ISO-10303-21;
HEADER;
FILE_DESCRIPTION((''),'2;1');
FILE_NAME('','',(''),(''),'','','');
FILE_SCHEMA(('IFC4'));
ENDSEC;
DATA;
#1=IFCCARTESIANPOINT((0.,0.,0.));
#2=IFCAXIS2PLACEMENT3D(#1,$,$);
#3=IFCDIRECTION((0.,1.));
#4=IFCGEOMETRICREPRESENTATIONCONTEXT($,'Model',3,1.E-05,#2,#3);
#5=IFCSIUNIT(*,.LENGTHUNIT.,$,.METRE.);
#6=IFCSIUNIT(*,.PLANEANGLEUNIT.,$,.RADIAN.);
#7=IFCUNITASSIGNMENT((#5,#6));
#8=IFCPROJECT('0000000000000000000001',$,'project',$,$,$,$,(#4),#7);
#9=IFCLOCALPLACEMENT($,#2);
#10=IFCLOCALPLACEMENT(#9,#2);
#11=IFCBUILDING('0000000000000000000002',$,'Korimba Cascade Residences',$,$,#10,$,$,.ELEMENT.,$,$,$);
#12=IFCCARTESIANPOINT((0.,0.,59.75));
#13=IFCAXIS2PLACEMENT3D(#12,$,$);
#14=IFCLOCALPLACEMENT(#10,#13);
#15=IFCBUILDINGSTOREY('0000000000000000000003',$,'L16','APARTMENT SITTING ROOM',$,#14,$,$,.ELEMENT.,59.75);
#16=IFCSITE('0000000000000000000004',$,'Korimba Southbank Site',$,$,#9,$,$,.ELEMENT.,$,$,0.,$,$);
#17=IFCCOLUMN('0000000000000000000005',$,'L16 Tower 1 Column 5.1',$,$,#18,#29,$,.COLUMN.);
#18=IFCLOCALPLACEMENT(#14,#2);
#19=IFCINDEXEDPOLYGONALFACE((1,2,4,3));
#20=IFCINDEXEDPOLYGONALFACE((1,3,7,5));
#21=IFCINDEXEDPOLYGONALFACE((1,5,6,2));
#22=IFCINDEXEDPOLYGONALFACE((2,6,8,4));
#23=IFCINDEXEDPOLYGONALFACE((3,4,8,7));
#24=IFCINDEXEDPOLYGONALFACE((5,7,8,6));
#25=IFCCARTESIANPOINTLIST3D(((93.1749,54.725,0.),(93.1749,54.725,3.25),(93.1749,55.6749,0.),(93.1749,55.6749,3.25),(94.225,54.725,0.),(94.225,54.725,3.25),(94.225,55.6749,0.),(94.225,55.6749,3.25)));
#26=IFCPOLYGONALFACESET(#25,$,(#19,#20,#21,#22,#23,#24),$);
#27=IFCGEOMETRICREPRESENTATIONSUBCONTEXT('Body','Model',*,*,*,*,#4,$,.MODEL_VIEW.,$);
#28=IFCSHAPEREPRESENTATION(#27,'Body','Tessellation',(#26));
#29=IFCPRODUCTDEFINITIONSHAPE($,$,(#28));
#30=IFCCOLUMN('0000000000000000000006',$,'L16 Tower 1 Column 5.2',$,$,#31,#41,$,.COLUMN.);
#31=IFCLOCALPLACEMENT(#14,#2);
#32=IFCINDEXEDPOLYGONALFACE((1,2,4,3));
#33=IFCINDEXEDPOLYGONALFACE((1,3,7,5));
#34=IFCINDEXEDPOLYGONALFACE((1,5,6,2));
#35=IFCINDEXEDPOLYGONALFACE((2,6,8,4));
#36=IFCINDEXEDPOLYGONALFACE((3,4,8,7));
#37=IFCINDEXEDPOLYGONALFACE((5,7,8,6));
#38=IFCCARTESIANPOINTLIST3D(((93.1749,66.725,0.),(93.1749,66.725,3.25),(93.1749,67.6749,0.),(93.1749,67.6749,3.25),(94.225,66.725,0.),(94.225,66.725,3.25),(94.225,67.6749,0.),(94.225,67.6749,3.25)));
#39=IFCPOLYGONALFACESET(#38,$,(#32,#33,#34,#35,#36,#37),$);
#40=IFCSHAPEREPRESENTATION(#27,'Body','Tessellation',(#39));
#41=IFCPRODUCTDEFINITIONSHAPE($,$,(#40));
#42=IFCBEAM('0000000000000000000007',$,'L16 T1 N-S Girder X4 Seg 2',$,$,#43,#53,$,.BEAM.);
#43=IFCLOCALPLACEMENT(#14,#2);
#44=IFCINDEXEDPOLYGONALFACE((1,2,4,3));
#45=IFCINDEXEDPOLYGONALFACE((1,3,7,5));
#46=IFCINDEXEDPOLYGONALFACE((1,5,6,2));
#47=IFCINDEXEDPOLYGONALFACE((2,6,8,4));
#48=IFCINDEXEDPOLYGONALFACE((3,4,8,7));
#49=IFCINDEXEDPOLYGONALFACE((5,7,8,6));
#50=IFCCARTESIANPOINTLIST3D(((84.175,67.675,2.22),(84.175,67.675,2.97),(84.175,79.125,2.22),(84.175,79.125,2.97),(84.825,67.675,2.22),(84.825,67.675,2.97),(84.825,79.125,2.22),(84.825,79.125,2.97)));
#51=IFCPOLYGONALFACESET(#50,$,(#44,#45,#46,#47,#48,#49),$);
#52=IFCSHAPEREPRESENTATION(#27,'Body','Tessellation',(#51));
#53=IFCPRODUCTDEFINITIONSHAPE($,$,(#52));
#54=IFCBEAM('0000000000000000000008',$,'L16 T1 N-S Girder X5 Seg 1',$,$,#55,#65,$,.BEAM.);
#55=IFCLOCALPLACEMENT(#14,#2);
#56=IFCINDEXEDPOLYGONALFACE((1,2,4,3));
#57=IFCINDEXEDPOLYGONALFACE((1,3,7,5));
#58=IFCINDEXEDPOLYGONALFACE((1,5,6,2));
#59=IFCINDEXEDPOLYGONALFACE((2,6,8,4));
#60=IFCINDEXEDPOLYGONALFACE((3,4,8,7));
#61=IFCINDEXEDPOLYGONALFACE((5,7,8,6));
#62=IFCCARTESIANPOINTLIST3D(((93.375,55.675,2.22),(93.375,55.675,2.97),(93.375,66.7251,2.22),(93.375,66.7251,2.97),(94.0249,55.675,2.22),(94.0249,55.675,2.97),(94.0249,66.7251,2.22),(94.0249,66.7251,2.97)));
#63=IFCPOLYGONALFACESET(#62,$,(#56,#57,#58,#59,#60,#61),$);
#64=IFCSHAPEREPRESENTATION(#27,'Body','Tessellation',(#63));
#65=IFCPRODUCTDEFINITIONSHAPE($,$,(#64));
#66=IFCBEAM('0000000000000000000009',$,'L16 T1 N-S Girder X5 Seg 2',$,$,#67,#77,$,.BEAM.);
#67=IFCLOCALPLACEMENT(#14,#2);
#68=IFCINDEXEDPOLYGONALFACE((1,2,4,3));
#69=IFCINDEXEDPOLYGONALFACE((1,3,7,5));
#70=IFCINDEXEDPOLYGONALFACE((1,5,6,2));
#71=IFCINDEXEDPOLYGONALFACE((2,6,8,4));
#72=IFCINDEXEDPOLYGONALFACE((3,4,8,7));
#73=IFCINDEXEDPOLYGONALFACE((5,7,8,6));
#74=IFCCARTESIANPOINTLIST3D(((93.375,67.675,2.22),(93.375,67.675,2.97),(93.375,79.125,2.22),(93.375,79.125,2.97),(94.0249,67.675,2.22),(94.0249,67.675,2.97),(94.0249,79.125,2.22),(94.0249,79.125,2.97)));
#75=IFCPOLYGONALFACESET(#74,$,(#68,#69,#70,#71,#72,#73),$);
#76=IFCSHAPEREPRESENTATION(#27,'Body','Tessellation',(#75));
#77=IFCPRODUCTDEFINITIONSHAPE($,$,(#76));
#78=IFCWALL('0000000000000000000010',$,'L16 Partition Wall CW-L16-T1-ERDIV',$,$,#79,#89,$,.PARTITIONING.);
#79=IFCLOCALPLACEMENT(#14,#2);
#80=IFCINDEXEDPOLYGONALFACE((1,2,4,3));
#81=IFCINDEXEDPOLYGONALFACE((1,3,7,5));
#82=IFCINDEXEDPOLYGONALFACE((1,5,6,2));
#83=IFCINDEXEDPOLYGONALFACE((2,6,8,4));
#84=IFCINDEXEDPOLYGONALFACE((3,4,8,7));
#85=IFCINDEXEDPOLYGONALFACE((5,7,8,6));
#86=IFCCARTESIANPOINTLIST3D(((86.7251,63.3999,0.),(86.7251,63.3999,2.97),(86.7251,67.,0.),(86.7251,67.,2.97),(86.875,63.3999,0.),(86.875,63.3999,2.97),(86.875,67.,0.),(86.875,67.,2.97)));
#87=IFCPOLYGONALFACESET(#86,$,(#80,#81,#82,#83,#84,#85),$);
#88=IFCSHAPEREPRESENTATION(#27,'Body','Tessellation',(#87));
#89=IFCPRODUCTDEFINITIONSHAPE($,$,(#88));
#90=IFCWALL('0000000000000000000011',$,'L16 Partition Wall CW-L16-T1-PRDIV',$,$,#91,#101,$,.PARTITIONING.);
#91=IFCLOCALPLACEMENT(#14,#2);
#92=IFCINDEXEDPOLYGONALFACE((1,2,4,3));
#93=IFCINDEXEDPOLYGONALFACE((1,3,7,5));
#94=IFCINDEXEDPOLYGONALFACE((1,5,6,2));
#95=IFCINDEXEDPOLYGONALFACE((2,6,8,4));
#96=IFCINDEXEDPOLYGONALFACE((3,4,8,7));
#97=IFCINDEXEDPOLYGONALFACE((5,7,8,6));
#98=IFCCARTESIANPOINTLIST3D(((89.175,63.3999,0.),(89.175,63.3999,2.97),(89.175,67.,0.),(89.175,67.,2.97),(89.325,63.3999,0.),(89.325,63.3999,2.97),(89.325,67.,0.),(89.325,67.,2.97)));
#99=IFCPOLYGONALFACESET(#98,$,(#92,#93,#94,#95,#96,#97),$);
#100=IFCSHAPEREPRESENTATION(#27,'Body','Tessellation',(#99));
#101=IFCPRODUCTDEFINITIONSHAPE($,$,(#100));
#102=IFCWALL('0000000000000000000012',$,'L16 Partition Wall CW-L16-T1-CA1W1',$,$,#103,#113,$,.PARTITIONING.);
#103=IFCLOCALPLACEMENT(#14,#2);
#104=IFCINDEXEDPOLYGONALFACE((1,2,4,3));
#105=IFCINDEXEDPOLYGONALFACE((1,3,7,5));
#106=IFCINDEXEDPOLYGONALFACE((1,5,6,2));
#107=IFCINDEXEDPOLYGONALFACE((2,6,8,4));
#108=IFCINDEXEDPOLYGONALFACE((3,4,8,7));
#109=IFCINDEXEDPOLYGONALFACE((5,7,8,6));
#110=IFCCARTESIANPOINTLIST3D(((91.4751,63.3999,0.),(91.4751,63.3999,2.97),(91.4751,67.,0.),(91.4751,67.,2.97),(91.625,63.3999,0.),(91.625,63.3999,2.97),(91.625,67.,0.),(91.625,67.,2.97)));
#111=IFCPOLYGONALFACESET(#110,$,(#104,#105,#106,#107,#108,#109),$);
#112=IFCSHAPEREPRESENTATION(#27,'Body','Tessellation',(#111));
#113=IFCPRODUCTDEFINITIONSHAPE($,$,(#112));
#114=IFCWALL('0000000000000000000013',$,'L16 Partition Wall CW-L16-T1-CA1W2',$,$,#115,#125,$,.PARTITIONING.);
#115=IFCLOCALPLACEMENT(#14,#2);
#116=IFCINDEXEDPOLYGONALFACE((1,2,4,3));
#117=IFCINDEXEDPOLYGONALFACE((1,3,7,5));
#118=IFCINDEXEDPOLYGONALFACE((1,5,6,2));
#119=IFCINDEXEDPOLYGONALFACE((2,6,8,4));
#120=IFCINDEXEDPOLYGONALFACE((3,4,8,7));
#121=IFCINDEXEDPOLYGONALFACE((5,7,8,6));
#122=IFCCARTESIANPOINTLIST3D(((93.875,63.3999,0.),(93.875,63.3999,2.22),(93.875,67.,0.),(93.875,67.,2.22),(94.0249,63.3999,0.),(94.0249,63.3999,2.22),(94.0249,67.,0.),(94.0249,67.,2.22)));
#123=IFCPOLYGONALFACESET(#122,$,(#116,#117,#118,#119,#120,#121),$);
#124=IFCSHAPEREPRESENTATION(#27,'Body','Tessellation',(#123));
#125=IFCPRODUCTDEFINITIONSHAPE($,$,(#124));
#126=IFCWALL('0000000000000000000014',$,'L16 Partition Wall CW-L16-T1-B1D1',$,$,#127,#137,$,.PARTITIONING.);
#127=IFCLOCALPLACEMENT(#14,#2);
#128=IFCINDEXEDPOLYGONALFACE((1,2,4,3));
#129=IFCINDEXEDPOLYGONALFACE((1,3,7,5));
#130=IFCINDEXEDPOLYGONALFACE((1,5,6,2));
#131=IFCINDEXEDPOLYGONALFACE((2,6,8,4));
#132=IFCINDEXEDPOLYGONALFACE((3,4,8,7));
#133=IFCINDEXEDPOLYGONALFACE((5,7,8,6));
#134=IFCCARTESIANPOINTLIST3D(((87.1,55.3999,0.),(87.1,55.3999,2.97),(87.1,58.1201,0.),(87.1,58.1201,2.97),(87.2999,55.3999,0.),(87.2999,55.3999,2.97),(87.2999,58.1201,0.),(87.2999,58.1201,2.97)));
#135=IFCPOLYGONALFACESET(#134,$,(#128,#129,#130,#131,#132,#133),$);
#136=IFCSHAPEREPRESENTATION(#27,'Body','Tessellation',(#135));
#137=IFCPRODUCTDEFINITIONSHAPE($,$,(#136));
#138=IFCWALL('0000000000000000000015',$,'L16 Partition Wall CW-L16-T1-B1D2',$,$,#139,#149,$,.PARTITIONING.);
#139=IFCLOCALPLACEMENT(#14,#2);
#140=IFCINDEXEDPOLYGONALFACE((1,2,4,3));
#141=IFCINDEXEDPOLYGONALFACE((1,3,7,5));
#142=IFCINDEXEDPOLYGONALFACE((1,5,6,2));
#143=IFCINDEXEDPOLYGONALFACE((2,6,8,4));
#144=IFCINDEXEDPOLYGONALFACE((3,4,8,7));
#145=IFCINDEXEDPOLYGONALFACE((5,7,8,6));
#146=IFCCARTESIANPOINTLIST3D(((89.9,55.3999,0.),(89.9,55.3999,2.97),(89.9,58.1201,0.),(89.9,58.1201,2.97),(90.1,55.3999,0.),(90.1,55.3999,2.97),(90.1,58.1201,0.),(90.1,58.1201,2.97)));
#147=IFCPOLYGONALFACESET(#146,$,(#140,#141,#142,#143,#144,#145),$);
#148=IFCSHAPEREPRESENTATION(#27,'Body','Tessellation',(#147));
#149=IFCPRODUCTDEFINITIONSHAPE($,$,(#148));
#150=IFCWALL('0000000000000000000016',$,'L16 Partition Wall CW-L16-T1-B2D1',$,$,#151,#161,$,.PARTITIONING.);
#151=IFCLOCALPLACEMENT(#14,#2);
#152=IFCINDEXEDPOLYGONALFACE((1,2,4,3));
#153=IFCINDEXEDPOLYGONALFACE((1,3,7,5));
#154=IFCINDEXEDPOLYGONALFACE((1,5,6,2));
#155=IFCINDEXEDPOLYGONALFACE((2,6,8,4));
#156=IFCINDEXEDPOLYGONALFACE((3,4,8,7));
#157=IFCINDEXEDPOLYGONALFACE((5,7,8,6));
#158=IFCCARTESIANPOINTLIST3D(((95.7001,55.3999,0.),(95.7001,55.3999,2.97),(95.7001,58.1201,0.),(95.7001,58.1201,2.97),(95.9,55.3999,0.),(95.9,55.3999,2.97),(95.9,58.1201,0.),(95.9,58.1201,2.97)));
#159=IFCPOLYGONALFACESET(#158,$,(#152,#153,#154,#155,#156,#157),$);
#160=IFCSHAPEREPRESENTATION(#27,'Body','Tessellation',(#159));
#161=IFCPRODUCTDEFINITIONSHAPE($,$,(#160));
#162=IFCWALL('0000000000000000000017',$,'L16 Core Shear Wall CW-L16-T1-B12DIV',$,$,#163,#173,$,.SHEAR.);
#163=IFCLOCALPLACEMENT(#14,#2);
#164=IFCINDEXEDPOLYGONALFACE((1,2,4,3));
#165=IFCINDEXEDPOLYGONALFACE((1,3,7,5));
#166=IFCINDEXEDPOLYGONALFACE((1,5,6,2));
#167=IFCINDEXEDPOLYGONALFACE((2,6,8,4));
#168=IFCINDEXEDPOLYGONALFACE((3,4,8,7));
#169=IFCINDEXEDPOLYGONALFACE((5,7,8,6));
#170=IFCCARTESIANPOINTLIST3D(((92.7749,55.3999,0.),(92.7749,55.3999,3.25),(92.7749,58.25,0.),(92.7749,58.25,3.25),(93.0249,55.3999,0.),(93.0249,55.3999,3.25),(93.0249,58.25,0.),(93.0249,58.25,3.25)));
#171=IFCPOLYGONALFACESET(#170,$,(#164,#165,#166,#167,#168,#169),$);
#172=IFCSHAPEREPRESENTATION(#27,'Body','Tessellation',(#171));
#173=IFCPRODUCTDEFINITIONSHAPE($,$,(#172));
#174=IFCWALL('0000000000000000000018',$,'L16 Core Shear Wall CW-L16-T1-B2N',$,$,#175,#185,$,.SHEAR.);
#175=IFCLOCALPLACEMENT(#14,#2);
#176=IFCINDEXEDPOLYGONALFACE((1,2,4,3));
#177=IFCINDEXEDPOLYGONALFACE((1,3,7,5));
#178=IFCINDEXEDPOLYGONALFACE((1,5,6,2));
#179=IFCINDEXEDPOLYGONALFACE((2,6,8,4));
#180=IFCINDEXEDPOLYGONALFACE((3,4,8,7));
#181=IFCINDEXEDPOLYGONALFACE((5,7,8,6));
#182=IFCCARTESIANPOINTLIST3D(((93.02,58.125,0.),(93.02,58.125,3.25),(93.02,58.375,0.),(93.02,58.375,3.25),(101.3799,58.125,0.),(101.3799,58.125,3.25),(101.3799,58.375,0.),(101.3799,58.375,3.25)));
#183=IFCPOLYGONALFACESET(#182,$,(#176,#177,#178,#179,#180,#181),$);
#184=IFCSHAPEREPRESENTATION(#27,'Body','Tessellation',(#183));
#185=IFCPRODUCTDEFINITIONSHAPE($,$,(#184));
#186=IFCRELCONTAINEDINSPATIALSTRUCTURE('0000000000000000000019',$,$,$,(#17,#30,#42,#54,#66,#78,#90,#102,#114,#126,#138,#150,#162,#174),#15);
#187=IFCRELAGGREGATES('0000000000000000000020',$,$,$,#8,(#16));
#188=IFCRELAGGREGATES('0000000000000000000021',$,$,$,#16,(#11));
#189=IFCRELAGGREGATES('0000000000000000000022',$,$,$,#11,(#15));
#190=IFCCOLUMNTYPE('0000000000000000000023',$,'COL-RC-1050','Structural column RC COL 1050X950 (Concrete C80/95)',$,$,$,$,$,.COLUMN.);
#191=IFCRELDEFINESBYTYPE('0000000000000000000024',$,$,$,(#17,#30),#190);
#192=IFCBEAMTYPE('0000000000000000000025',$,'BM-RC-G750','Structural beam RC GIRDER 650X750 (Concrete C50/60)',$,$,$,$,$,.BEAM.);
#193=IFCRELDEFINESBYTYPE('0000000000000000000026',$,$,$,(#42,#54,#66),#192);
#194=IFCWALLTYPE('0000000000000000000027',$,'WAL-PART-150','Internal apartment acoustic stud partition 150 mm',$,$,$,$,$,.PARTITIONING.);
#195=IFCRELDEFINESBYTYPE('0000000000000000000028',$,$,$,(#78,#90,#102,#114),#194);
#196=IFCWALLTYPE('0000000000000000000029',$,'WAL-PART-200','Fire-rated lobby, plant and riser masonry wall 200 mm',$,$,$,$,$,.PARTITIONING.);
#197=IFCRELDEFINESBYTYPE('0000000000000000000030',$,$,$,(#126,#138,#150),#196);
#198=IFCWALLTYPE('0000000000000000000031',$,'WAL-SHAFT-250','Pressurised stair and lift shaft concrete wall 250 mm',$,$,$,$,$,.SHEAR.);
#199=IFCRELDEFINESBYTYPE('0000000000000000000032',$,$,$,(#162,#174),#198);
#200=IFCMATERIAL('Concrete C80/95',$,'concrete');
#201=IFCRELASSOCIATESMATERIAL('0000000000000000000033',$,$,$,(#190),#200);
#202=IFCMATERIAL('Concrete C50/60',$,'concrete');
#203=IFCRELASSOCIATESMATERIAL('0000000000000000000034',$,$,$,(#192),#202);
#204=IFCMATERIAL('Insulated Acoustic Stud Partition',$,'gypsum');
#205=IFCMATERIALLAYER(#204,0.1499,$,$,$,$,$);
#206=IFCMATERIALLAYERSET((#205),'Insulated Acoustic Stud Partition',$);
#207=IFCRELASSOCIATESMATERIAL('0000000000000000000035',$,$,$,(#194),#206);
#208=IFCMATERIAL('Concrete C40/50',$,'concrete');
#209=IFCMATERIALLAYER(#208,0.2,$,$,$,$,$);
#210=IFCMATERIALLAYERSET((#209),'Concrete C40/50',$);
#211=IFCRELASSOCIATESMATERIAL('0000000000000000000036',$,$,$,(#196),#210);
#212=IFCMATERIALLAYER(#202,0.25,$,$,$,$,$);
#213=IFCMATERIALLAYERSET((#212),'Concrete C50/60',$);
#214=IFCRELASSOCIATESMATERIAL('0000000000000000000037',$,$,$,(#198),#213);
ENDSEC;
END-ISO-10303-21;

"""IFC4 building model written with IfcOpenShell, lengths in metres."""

from ifc_helpers import new_model, si_unit, direction, frame, frame_2d, origin, origin_2d, place, context, subcontext, project, spatial, rectangle, extrude, material, layer, layer_set, material_profile, profile_set, type_object, element, save


model = new_model("IFC4")

# Units and contexts
model_context = context("Model", 3, precision=1e-05, world=origin(), true_north=direction((0.0, 1.0)))
body_context = subcontext(model_context, "Body", "Model", "MODEL_VIEW")
ifc_project = project(units=[si_unit("LENGTHUNIT", "METRE"), si_unit("PLANEANGLEUNIT", "RADIAN")], contexts=[model_context])

# Site, building, storey
site_placement = place(None, origin())
site = spatial("IfcSite", under=ifc_project, at=site_placement, Name="Korimba Southbank Site", CompositionType="ELEMENT", RefElevation=0.0)
building_placement = place(site_placement, origin())
building = spatial("IfcBuilding", under=site, at=building_placement, Name="Korimba Cascade Residences", CompositionType="ELEMENT")
storey_placement = place(building_placement, frame((0.0, 0.0, 59.75)))
storey = spatial("IfcBuildingStorey", under=building, at=storey_placement, Name="L16", Description="APARTMENT SITTING ROOM", CompositionType="ELEMENT", Elevation=59.75)

# Columns
ifc_material_1 = material(Name="Concrete C80/95", Category="concrete")
ifc_material_profile_1 = material_profile(ifc_material_1, rectangle(XDim=1.05, YDim=0.95, at=origin_2d()), Name="Concrete C80/95")
ifc_profile_set_1 = profile_set([ifc_material_profile_1], Name="Concrete C80/95")
column_type = type_object("IfcColumnType", Name="COL-RC-1050", Description="Structural column RC COL 1050X950 (Concrete C80/95)", PredefinedType="COLUMN", material=ifc_profile_set_1)
for number, where, z_axis, x_axis, name in (
    (1, (93.7, 55.2, 0.0), (0.0, 0.0, 1.0), (1.0, 0.0, 0.0), "L16 Tower 1 Column 5.1"),
    (2, (93.7, 67.2, 0.0), (0.0, 0.0, 1.0), (1.0, 0.0, 0.0), "L16 Tower 1 Column 5.2"),
):
    element("IfcColumn", number, at=place(storey_placement, frame(where, z_axis=z_axis, x_axis=x_axis)), inside=storey, type_object=column_type, Name=name, PredefinedType="COLUMN", context=body_context, shape_type="SweptSolid", body=[
        extrude(rectangle(XDim=1.05, YDim=0.95, at=origin_2d()), origin(), (0.0, 0.0, 1.0), 3.25),
    ])

# Beams
ifc_material_2 = material(Name="Concrete C50/60", Category="concrete")
ifc_material_profile_2 = material_profile(ifc_material_2, rectangle(XDim=0.6499, YDim=0.75, at=origin_2d()), Name="Concrete C50/60")
ifc_profile_set_2 = profile_set([ifc_material_profile_2], Name="Concrete C50/60")
beam_type = type_object("IfcBeamType", Name="BM-RC-G750", Description="Structural beam RC GIRDER 650X750 (Concrete C50/60)", PredefinedType="BEAM", material=ifc_profile_set_2)
beam_1_placement = place(storey_placement, frame((84.5, 67.675, 2.595), z_axis=(0.0, 1.0, 0.0), x_axis=(-1.0, 0.0, 0.0)))
element("IfcBeam", 3, at=beam_1_placement, inside=storey, type_object=beam_type, Name="L16 T1 N-S Girder X4 Seg 2", PredefinedType="BEAM", context=body_context, shape_type="SweptSolid", body=[
    extrude(rectangle(XDim=0.6499, YDim=0.75, at=origin_2d()), origin(), (0.0, 0.0, 1.0), 11.45),
])
beam_2_placement = place(storey_placement, frame((93.7, 55.675, 2.595), z_axis=(0.0, 1.0, 0.0), x_axis=(-1.0, 0.0, 0.0)))
element("IfcBeam", 4, at=beam_2_placement, inside=storey, type_object=beam_type, Name="L16 T1 N-S Girder X5 Seg 1", PredefinedType="BEAM", context=body_context, shape_type="SweptSolid", body=[
    extrude(rectangle(XDim=0.6499, YDim=0.75, at=origin_2d()), origin(), (0.0, 0.0, 1.0), 11.05),
])
beam_3_placement = place(storey_placement, frame((93.7, 67.675, 2.595), z_axis=(0.0, 1.0, 0.0), x_axis=(-1.0, 0.0, 0.0)))
element("IfcBeam", 5, at=beam_3_placement, inside=storey, type_object=beam_type, Name="L16 T1 N-S Girder X5 Seg 2", PredefinedType="BEAM", context=body_context, shape_type="SweptSolid", body=[
    extrude(rectangle(XDim=0.6499, YDim=0.75, at=origin_2d()), origin(), (0.0, 0.0, 1.0), 11.45),
])

# Walls
ifc_material_3 = material(Name="Insulated Acoustic Stud Partition", Category="gypsum")
ifc_layer_1 = layer(ifc_material_3, 0.1499)
ifc_layer_set_1 = layer_set([ifc_layer_1], Name="Insulated Acoustic Stud Partition")
wall_type_1 = type_object("IfcWallType", Name="WAL-PART-150", Description="Internal apartment acoustic stud partition 150 mm", PredefinedType="PARTITIONING", material=ifc_layer_set_1)
for number, where, z_axis, x_axis, name in (
    (6, (86.8, 63.3999, 0.0), (0.0, 0.0, 1.0), (0.0, 1.0, 0.0), "L16 Partition Wall CW-L16-T1-ERDIV"),
    (7, (89.25, 63.3999, 0.0), (0.0, 0.0, 1.0), (0.0, 1.0, 0.0), "L16 Partition Wall CW-L16-T1-PRDIV"),
    (8, (91.55, 63.3999, 0.0), (0.0, 0.0, 1.0), (0.0, 1.0, 0.0), "L16 Partition Wall CW-L16-T1-CA1W1"),
):
    element("IfcWall", number, at=place(storey_placement, frame(where, z_axis=z_axis, x_axis=x_axis)), inside=storey, type_object=wall_type_1, Name=name, PredefinedType="PARTITIONING", context=body_context, shape_type="SweptSolid", body=[
        extrude(rectangle(XDim=3.6001, YDim=0.1499, at=frame_2d((1.8, 0.0))), origin(), (0.0, 0.0, 1.0), 2.97),
    ])
wall_1_placement = place(storey_placement, frame((93.95, 63.3999, 0.0), z_axis=(0.0, 0.0, 1.0), x_axis=(0.0, 1.0, 0.0)))
element("IfcWall", 9, at=wall_1_placement, inside=storey, type_object=wall_type_1, Name="L16 Partition Wall CW-L16-T1-CA1W2", PredefinedType="PARTITIONING", context=body_context, shape_type="SweptSolid", body=[
    extrude(rectangle(XDim=3.6001, YDim=0.1499, at=frame_2d((1.8, 0.0))), origin(), (0.0, 0.0, 1.0), 2.22),
])
ifc_material_4 = material(Name="Concrete C40/50", Category="concrete")
ifc_layer_2 = layer(ifc_material_4, 0.2)
ifc_layer_set_2 = layer_set([ifc_layer_2], Name="Concrete C40/50")
wall_type_2 = type_object("IfcWallType", Name="WAL-PART-200", Description="Fire-rated lobby, plant and riser masonry wall 200 mm", PredefinedType="PARTITIONING", material=ifc_layer_set_2)
for number, where, z_axis, x_axis, name in (
    (10, (87.2, 55.3999, 0.0), (0.0, 0.0, 1.0), (0.0, 1.0, 0.0), "L16 Partition Wall CW-L16-T1-B1D1"),
    (11, (90.0, 55.3999, 0.0), (0.0, 0.0, 1.0), (0.0, 1.0, 0.0), "L16 Partition Wall CW-L16-T1-B1D2"),
    (12, (95.8, 55.3999, 0.0), (0.0, 0.0, 1.0), (0.0, 1.0, 0.0), "L16 Partition Wall CW-L16-T1-B2D1"),
):
    element("IfcWall", number, at=place(storey_placement, frame(where, z_axis=z_axis, x_axis=x_axis)), inside=storey, type_object=wall_type_2, Name=name, PredefinedType="PARTITIONING", context=body_context, shape_type="SweptSolid", body=[
        extrude(rectangle(XDim=2.7202, YDim=0.2, at=frame_2d((1.3601, 0.0))), origin(), (0.0, 0.0, 1.0), 2.97),
    ])
ifc_layer_3 = layer(ifc_material_2, 0.25)
ifc_layer_set_3 = layer_set([ifc_layer_3], Name="Concrete C50/60")
wall_type_3 = type_object("IfcWallType", Name="WAL-SHAFT-250", Description="Pressurised stair and lift shaft concrete wall 250 mm", PredefinedType="SHEAR", material=ifc_layer_set_3)
wall_2_placement = place(storey_placement, frame((92.8999, 55.3999, 0.0), z_axis=(0.0, 0.0, 1.0), x_axis=(0.0, 1.0, 0.0)))
element("IfcWall", 13, at=wall_2_placement, inside=storey, type_object=wall_type_3, Name="L16 Core Shear Wall CW-L16-T1-B12DIV", PredefinedType="SHEAR", context=body_context, shape_type="SweptSolid", body=[
    extrude(rectangle(XDim=2.8501, YDim=0.25, at=frame_2d((1.425, 0.0))), origin(), (0.0, 0.0, 1.0), 3.25),
])
wall_3_placement = place(storey_placement, frame((93.02, 58.25, 0.0), z_axis=(0.0, 0.0, 1.0), x_axis=(1.0, 0.0, 0.0)))
element("IfcWall", 14, at=wall_3_placement, inside=storey, type_object=wall_type_3, Name="L16 Core Shear Wall CW-L16-T1-B2N", PredefinedType="SHEAR", context=body_context, shape_type="SweptSolid", body=[
    extrude(rectangle(XDim=8.3599, YDim=0.25, at=frame_2d((4.1799, 0.0))), origin(), (0.0, 0.0, 1.0), 3.25),
])

save(model, "model.ifc")
